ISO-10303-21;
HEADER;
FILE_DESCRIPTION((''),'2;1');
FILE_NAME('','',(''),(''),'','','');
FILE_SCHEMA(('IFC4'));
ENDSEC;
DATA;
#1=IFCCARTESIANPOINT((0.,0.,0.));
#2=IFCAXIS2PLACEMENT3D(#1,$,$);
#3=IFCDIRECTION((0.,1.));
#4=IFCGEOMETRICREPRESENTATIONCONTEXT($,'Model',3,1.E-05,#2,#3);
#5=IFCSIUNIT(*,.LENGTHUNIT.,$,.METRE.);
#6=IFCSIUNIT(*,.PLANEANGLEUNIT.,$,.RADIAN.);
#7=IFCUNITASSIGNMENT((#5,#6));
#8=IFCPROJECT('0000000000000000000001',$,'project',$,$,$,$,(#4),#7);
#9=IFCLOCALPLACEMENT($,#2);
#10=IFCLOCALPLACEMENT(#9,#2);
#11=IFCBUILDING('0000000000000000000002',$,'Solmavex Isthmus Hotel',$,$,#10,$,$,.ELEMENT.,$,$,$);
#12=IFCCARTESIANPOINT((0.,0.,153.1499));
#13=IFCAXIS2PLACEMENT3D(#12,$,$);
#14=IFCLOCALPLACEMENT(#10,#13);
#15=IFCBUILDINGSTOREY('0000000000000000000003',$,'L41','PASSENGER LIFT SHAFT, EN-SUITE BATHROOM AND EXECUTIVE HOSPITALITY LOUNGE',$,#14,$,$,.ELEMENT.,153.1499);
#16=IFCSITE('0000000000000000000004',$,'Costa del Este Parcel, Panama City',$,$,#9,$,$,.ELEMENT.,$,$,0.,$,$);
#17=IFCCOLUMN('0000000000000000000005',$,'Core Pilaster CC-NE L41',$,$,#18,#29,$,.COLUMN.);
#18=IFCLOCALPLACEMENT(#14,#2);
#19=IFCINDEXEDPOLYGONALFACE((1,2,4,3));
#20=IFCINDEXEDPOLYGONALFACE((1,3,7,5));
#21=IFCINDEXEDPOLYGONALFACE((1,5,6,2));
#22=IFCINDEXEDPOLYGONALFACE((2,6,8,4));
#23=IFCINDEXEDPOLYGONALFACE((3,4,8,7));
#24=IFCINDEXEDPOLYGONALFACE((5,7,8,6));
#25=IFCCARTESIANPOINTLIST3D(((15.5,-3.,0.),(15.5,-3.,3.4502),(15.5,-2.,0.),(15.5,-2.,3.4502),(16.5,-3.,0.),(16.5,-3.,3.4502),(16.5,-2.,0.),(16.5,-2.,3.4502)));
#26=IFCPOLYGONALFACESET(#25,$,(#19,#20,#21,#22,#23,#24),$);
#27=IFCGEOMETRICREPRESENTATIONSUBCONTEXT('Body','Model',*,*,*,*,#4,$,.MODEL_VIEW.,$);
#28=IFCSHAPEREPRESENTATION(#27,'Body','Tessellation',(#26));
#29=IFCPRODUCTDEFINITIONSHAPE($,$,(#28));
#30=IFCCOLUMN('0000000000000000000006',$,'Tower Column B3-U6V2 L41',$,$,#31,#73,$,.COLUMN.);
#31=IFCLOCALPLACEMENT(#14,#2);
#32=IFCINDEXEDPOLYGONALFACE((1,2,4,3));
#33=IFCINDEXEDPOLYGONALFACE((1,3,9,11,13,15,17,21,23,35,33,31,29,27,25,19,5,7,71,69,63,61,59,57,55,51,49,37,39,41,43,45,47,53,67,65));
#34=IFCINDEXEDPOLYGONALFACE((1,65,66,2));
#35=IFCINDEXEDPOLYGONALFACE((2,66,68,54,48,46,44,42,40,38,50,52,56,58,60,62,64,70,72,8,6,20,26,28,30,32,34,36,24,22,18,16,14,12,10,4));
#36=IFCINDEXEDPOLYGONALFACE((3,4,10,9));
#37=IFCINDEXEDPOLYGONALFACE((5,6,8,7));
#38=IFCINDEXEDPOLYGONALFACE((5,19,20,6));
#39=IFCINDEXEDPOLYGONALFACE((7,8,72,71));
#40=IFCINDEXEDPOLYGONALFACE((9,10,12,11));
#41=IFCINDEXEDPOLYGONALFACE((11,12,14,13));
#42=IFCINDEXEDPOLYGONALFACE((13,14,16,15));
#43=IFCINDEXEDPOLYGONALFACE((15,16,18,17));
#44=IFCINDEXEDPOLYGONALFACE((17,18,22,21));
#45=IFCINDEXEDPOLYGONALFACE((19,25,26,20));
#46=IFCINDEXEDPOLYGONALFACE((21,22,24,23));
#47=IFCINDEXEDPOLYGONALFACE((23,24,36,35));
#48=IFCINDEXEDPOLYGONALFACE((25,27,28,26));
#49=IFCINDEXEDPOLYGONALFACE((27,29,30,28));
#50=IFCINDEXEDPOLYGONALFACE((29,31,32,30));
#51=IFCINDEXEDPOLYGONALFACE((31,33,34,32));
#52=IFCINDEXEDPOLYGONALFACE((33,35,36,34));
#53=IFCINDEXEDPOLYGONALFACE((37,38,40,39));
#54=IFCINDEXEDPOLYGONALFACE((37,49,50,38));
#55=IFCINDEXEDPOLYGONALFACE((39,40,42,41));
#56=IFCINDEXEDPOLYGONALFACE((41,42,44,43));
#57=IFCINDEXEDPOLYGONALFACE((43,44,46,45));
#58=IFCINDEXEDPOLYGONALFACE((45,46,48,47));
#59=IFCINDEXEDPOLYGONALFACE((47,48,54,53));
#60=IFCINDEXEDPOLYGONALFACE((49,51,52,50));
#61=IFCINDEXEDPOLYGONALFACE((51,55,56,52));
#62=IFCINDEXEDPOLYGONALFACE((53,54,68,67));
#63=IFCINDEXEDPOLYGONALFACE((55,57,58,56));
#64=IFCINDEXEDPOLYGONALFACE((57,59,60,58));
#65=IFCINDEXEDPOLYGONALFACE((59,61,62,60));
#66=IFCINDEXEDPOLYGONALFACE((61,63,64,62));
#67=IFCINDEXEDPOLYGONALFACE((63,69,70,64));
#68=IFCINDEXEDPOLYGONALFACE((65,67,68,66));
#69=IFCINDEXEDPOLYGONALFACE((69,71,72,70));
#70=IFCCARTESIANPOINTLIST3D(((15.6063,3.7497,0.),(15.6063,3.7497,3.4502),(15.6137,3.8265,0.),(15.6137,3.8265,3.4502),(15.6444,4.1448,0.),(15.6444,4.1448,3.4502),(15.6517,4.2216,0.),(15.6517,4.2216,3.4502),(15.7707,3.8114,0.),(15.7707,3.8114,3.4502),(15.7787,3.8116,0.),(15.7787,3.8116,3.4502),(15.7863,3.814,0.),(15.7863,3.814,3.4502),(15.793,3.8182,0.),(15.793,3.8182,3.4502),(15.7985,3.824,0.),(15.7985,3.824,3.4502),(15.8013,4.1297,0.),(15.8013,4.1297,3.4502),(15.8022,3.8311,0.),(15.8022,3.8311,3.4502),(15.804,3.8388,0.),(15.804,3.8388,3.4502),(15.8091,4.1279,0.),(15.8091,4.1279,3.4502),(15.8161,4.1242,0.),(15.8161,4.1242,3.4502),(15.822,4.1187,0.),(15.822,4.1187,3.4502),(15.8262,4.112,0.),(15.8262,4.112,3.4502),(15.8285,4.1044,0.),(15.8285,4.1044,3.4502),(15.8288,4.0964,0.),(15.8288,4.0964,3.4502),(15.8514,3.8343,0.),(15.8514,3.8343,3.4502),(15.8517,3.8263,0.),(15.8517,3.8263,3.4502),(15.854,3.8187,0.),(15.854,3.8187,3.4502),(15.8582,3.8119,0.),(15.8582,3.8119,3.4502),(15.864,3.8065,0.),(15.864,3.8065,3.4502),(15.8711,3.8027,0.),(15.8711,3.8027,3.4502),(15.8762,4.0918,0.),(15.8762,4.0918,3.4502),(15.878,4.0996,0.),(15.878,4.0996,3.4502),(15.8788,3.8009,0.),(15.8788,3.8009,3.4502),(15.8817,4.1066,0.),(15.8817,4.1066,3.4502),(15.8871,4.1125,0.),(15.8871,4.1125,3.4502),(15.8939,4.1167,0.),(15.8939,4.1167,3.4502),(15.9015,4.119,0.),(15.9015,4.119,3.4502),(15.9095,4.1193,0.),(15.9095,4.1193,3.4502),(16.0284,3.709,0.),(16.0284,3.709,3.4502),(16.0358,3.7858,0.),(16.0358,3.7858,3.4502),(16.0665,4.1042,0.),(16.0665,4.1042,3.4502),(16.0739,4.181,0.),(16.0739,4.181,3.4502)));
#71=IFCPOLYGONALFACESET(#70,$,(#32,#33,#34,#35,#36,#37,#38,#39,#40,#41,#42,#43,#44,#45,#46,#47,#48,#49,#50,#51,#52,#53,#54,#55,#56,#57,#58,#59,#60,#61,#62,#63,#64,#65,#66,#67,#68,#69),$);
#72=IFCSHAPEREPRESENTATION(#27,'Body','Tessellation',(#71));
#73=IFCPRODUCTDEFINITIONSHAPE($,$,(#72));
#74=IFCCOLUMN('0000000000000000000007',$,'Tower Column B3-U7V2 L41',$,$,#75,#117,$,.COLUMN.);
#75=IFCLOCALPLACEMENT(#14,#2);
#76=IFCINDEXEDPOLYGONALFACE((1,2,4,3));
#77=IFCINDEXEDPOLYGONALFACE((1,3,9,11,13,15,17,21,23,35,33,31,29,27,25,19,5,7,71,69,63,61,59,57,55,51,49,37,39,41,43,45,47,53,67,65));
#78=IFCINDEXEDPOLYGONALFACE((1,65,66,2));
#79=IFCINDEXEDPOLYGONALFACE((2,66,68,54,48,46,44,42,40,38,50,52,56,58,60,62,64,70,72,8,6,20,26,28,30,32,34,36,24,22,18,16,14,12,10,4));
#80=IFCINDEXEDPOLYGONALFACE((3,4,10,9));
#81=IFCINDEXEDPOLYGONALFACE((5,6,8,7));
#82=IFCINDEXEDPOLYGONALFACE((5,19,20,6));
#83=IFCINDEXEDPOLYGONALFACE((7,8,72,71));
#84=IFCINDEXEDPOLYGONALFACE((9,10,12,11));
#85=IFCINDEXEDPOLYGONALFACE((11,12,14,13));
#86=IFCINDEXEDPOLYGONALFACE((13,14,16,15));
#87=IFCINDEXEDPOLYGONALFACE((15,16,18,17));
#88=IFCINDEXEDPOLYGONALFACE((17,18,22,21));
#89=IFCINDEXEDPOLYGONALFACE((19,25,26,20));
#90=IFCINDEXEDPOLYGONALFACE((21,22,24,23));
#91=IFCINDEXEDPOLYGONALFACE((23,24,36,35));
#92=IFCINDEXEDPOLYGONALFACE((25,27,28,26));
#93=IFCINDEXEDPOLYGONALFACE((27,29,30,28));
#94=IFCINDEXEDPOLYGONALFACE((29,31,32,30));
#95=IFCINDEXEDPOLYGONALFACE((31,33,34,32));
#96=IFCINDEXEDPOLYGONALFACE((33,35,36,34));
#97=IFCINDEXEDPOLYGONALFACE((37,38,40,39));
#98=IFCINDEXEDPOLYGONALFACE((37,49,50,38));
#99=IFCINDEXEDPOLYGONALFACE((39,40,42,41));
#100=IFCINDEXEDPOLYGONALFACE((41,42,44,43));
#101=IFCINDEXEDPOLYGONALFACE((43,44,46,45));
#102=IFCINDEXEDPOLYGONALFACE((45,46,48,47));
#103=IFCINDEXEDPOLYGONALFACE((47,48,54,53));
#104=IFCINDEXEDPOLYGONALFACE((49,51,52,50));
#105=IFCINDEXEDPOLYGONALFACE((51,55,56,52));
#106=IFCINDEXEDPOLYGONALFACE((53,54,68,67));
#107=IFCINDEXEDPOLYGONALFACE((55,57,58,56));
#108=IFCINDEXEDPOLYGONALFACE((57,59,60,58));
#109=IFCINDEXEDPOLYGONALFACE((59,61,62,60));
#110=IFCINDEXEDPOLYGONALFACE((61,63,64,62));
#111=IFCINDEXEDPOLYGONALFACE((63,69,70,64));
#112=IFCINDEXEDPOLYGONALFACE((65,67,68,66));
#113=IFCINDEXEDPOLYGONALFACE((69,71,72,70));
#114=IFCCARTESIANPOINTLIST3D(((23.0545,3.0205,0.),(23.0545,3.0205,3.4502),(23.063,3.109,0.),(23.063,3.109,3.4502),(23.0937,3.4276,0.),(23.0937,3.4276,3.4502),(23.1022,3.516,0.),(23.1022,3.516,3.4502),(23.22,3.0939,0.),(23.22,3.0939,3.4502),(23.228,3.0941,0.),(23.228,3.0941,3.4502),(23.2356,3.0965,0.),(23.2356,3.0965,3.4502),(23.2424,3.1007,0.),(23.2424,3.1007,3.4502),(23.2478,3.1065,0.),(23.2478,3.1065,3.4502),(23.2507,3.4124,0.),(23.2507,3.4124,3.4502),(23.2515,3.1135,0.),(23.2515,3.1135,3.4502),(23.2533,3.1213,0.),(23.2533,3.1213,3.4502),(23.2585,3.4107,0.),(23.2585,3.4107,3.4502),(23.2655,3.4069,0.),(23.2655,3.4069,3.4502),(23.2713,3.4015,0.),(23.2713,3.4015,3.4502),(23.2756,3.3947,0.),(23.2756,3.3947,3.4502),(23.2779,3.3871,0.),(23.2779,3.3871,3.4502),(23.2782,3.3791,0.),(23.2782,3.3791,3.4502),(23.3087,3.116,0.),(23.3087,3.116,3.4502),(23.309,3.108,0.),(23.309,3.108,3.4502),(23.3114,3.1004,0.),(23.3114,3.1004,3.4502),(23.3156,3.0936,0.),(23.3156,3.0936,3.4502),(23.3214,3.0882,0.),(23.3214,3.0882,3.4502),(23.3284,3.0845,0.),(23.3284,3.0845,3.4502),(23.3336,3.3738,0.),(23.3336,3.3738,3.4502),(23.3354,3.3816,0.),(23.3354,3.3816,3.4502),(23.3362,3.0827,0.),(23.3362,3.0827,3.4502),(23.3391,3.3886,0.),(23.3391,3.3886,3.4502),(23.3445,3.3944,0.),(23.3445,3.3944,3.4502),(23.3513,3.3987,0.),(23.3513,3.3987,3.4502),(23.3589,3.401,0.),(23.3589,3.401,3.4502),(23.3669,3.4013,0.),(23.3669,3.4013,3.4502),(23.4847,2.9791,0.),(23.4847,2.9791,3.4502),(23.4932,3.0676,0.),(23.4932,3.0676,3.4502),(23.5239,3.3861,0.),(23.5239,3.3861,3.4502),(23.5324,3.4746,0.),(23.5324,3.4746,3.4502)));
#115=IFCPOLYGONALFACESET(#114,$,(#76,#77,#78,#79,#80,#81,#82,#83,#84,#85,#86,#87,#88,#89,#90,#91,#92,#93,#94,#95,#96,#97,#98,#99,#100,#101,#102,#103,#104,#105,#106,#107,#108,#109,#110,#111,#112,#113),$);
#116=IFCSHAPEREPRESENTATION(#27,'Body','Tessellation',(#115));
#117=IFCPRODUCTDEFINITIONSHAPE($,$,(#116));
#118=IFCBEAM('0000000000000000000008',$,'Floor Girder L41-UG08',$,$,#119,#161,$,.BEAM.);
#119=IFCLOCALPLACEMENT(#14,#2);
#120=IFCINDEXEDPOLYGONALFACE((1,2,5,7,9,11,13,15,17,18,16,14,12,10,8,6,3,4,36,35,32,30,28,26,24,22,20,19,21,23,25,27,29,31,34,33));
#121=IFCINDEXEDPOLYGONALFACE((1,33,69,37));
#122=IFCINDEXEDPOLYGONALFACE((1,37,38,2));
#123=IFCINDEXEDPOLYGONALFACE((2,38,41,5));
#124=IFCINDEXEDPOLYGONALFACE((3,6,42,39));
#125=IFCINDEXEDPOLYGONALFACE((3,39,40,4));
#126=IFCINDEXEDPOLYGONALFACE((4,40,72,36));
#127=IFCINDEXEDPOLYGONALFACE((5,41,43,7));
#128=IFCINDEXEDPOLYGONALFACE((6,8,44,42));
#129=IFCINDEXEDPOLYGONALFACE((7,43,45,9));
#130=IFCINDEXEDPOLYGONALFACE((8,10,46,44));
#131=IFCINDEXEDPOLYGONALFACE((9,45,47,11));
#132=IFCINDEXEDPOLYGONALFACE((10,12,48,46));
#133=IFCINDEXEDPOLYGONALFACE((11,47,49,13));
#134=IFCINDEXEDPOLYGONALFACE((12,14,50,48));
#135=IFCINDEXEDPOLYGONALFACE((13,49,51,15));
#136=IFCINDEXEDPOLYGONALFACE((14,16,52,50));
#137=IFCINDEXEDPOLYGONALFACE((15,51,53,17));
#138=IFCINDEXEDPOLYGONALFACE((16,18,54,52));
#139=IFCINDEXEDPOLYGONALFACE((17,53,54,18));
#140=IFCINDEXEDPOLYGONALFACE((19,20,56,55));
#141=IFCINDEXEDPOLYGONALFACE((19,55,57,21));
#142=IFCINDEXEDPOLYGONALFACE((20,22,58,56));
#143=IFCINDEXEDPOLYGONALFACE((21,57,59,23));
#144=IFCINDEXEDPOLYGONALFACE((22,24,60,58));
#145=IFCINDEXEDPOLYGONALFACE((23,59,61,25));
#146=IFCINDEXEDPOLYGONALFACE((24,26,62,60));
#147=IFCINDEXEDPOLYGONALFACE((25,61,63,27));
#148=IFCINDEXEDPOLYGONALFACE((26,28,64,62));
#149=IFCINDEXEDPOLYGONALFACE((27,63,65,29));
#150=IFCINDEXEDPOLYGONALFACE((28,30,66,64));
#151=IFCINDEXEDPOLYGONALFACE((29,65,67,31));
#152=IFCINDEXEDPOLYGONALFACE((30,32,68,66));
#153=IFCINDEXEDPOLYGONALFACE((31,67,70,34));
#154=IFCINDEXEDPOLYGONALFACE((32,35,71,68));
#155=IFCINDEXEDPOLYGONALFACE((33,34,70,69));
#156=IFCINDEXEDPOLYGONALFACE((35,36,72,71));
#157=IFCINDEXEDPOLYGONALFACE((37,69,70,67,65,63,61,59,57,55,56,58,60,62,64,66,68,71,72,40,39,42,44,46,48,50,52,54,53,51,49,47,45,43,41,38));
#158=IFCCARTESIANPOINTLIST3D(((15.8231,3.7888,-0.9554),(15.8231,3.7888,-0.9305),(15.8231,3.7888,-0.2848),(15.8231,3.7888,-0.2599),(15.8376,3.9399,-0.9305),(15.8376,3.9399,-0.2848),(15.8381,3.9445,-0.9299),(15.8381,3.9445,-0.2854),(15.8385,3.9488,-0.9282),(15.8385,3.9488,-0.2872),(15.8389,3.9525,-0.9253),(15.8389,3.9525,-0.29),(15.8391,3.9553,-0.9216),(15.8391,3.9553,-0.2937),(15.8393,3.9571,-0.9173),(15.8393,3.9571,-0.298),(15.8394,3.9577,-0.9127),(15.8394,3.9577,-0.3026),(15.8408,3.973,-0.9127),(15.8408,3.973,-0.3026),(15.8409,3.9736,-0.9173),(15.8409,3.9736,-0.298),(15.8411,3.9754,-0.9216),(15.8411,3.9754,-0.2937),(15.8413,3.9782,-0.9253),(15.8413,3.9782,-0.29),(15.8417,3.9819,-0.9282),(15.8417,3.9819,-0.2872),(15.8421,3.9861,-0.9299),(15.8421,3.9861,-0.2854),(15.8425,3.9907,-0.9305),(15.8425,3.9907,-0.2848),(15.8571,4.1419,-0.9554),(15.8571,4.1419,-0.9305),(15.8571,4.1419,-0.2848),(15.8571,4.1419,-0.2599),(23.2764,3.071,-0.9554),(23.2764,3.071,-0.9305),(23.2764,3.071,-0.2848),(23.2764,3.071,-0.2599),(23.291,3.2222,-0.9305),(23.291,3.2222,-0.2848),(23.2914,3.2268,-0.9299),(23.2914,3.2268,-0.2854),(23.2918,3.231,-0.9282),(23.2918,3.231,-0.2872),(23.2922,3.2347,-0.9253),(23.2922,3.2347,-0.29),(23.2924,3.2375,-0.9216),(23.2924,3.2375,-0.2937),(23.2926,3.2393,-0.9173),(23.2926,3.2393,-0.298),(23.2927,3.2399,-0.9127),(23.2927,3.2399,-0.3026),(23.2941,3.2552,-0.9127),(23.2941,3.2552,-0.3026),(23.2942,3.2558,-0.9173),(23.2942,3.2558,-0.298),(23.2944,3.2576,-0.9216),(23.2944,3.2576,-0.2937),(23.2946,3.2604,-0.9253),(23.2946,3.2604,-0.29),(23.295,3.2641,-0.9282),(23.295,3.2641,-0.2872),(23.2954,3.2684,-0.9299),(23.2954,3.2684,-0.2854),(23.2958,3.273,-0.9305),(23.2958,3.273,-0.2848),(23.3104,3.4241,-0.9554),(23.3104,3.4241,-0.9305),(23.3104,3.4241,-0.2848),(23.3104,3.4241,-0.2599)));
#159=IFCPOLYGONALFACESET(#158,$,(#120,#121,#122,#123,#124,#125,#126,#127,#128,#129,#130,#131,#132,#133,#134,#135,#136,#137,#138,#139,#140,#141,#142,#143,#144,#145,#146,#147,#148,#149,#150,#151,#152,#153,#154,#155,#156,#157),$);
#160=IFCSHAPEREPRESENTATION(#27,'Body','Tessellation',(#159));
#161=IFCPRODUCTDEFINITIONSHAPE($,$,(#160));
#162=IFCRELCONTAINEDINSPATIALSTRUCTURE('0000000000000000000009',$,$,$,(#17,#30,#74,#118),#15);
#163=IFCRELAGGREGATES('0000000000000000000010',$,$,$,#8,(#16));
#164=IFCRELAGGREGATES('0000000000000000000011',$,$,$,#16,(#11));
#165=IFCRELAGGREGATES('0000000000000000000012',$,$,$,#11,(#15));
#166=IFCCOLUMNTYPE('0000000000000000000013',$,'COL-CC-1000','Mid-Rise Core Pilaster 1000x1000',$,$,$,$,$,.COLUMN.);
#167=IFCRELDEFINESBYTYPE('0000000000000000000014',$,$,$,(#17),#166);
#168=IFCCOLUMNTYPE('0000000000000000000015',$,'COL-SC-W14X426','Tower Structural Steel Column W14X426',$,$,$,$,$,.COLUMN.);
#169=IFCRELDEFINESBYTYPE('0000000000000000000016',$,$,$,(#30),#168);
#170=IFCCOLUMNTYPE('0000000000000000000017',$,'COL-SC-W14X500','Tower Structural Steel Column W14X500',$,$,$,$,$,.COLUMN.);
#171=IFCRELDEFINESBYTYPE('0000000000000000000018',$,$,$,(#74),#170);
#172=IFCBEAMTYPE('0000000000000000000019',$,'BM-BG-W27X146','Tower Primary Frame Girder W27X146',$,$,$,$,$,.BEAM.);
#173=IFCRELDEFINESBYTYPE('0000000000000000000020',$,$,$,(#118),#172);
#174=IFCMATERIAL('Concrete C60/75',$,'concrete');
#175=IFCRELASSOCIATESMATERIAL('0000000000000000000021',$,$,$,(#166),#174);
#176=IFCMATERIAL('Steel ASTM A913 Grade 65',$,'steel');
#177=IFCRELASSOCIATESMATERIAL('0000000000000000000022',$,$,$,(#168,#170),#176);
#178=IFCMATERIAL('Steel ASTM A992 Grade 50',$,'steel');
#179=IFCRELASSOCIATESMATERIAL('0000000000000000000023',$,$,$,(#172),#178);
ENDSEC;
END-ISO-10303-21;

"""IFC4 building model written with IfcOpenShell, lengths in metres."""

from ifc_helpers import new_model, si_unit, direction, frame, origin, origin_2d, place, context, subcontext, project, spatial, rectangle, i_section, extrude, material, material_profile, profile_set, type_object, element, save


model = new_model("IFC4")

# Units and contexts
model_context = context("Model", 3, precision=1e-05, world=origin(), true_north=direction((0.0, 1.0)))
body_context = subcontext(model_context, "Body", "Model", "MODEL_VIEW")
ifc_project = project(units=[si_unit("LENGTHUNIT", "METRE"), si_unit("PLANEANGLEUNIT", "RADIAN")], contexts=[model_context])

# Site, building, storey
site_placement = place(None, origin())
site = spatial("IfcSite", under=ifc_project, at=site_placement, Name="Costa del Este Parcel, Panama City", CompositionType="ELEMENT", RefElevation=0.0)
building_placement = place(site_placement, origin())
building = spatial("IfcBuilding", under=site, at=building_placement, Name="Solmavex Isthmus Hotel", CompositionType="ELEMENT")
storey_placement = place(building_placement, frame((0.0, 0.0, 153.1499)))
storey = spatial("IfcBuildingStorey", under=building, at=storey_placement, Name="L41", Description="PASSENGER LIFT SHAFT, EN-SUITE BATHROOM AND EXECUTIVE HOSPITALITY LOUNGE", CompositionType="ELEMENT", Elevation=153.1499)

# Columns
ifc_material_1 = material(Name="Concrete C60/75", Category="concrete")
ifc_material_profile_1 = material_profile(ifc_material_1, rectangle(XDim=1.0, YDim=1.0, at=origin_2d()), Name="RC1000X1000")
ifc_profile_set_1 = profile_set([ifc_material_profile_1], Name="Concrete C60/75")
column_type_1 = type_object("IfcColumnType", Name="COL-CC-1000", Description="Mid-Rise Core Pilaster 1000x1000", PredefinedType="COLUMN", material=ifc_profile_set_1)
column_1_placement = place(storey_placement, frame((16.0, -2.5, 0.0), z_axis=(0.0, 0.0, 1.0), x_axis=(1.0, 0.0, 0.0)))
element("IfcColumn", 1, at=column_1_placement, inside=storey, type_object=column_type_1, Name="Core Pilaster CC-NE L41", PredefinedType="COLUMN", context=body_context, shape_type="SweptSolid", body=[
    extrude(rectangle(XDim=1.0, YDim=1.0, at=origin_2d()), origin(), (0.0, 0.0, 1.0), 3.4502),
])
ifc_material_2 = material(Name="Steel ASTM A913 Grade 65", Category="steel")
ifc_material_profile_2 = material_profile(ifc_material_2, i_section(OverallWidth=0.4241, OverallDepth=0.4741, WebThickness=0.0476, FlangeThickness=0.0771, FilletRadius=0.0305, at=origin_2d()), Name="W14X426")
ifc_profile_set_2 = profile_set([ifc_material_profile_2], Name="Steel ASTM A913 Grade 65")
column_type_2 = type_object("IfcColumnType", Name="COL-SC-W14X426", Description="Tower Structural Steel Column W14X426", PredefinedType="COLUMN", material=ifc_profile_set_2)
column_2_placement = place(storey_placement, frame((15.8401, 3.9653, 0.0), z_axis=(0.0, 0.0, 1.0), x_axis=(0.995396, -0.095846, 0.0)))
element("IfcColumn", 2, at=column_2_placement, inside=storey, type_object=column_type_2, Name="Tower Column B3-U6V2 L41", PredefinedType="COLUMN", context=body_context, shape_type="SweptSolid", body=[
    extrude(i_section(OverallWidth=0.4241, OverallDepth=0.4741, WebThickness=0.0476, FlangeThickness=0.0771, FilletRadius=0.0305, at=origin_2d()), origin(), (0.0, 0.0, 1.0), 3.4502),
])
ifc_material_profile_3 = material_profile(ifc_material_2, i_section(OverallWidth=0.4321, OverallDepth=0.4978, WebThickness=0.0557, FlangeThickness=0.0889, FilletRadius=0.0305, at=origin_2d()), Name="W14X500")
ifc_profile_set_3 = profile_set([ifc_material_profile_3], Name="Steel ASTM A913 Grade 65")
column_type_3 = type_object("IfcColumnType", Name="COL-SC-W14X500", Description="Tower Structural Steel Column W14X500", PredefinedType="COLUMN", material=ifc_profile_set_3)
column_3_placement = place(storey_placement, frame((23.2935, 3.2476, 0.0), z_axis=(0.0, 0.0, 1.0), x_axis=(0.995396, -0.095846, 0.0)))
element("IfcColumn", 3, at=column_3_placement, inside=storey, type_object=column_type_3, Name="Tower Column B3-U7V2 L41", PredefinedType="COLUMN", context=body_context, shape_type="SweptSolid", body=[
    extrude(i_section(OverallWidth=0.4321, OverallDepth=0.4978, WebThickness=0.0557, FlangeThickness=0.0889, FilletRadius=0.0305, at=origin_2d()), origin(), (0.0, 0.0, 1.0), 3.4502),
])

# Beam
ifc_material_3 = material(Name="Steel ASTM A992 Grade 50", Category="steel")
ifc_material_profile_4 = material_profile(ifc_material_3, i_section(OverallWidth=0.3547, OverallDepth=0.6956, WebThickness=0.0154, FlangeThickness=0.0249, FilletRadius=0.0178, at=origin_2d()), Name="W27X146")
ifc_profile_set_4 = profile_set([ifc_material_profile_4], Name="Steel ASTM A992 Grade 50")
beam_type_1 = type_object("IfcBeamType", Name="BM-BG-W27X146", Description="Tower Primary Frame Girder W27X146", PredefinedType="BEAM", material=ifc_profile_set_4)
beam_1_placement = place(storey_placement, frame((15.8401, 3.9653, -0.6077), z_axis=(0.995395, -0.095858, 0.0), x_axis=(0.095858, 0.995395, 0.0)))
element("IfcBeam", 4, at=beam_1_placement, inside=storey, type_object=beam_type_1, Name="Floor Girder L41-UG08", PredefinedType="BEAM", context=body_context, shape_type="SweptSolid", body=[
    extrude(i_section(OverallWidth=0.3547, OverallDepth=0.6956, WebThickness=0.0154, FlangeThickness=0.0249, FilletRadius=0.0178, at=origin_2d()), origin(), (0.0, 0.0, 1.0), 7.4878),
])

save(model, "model.ifc")
